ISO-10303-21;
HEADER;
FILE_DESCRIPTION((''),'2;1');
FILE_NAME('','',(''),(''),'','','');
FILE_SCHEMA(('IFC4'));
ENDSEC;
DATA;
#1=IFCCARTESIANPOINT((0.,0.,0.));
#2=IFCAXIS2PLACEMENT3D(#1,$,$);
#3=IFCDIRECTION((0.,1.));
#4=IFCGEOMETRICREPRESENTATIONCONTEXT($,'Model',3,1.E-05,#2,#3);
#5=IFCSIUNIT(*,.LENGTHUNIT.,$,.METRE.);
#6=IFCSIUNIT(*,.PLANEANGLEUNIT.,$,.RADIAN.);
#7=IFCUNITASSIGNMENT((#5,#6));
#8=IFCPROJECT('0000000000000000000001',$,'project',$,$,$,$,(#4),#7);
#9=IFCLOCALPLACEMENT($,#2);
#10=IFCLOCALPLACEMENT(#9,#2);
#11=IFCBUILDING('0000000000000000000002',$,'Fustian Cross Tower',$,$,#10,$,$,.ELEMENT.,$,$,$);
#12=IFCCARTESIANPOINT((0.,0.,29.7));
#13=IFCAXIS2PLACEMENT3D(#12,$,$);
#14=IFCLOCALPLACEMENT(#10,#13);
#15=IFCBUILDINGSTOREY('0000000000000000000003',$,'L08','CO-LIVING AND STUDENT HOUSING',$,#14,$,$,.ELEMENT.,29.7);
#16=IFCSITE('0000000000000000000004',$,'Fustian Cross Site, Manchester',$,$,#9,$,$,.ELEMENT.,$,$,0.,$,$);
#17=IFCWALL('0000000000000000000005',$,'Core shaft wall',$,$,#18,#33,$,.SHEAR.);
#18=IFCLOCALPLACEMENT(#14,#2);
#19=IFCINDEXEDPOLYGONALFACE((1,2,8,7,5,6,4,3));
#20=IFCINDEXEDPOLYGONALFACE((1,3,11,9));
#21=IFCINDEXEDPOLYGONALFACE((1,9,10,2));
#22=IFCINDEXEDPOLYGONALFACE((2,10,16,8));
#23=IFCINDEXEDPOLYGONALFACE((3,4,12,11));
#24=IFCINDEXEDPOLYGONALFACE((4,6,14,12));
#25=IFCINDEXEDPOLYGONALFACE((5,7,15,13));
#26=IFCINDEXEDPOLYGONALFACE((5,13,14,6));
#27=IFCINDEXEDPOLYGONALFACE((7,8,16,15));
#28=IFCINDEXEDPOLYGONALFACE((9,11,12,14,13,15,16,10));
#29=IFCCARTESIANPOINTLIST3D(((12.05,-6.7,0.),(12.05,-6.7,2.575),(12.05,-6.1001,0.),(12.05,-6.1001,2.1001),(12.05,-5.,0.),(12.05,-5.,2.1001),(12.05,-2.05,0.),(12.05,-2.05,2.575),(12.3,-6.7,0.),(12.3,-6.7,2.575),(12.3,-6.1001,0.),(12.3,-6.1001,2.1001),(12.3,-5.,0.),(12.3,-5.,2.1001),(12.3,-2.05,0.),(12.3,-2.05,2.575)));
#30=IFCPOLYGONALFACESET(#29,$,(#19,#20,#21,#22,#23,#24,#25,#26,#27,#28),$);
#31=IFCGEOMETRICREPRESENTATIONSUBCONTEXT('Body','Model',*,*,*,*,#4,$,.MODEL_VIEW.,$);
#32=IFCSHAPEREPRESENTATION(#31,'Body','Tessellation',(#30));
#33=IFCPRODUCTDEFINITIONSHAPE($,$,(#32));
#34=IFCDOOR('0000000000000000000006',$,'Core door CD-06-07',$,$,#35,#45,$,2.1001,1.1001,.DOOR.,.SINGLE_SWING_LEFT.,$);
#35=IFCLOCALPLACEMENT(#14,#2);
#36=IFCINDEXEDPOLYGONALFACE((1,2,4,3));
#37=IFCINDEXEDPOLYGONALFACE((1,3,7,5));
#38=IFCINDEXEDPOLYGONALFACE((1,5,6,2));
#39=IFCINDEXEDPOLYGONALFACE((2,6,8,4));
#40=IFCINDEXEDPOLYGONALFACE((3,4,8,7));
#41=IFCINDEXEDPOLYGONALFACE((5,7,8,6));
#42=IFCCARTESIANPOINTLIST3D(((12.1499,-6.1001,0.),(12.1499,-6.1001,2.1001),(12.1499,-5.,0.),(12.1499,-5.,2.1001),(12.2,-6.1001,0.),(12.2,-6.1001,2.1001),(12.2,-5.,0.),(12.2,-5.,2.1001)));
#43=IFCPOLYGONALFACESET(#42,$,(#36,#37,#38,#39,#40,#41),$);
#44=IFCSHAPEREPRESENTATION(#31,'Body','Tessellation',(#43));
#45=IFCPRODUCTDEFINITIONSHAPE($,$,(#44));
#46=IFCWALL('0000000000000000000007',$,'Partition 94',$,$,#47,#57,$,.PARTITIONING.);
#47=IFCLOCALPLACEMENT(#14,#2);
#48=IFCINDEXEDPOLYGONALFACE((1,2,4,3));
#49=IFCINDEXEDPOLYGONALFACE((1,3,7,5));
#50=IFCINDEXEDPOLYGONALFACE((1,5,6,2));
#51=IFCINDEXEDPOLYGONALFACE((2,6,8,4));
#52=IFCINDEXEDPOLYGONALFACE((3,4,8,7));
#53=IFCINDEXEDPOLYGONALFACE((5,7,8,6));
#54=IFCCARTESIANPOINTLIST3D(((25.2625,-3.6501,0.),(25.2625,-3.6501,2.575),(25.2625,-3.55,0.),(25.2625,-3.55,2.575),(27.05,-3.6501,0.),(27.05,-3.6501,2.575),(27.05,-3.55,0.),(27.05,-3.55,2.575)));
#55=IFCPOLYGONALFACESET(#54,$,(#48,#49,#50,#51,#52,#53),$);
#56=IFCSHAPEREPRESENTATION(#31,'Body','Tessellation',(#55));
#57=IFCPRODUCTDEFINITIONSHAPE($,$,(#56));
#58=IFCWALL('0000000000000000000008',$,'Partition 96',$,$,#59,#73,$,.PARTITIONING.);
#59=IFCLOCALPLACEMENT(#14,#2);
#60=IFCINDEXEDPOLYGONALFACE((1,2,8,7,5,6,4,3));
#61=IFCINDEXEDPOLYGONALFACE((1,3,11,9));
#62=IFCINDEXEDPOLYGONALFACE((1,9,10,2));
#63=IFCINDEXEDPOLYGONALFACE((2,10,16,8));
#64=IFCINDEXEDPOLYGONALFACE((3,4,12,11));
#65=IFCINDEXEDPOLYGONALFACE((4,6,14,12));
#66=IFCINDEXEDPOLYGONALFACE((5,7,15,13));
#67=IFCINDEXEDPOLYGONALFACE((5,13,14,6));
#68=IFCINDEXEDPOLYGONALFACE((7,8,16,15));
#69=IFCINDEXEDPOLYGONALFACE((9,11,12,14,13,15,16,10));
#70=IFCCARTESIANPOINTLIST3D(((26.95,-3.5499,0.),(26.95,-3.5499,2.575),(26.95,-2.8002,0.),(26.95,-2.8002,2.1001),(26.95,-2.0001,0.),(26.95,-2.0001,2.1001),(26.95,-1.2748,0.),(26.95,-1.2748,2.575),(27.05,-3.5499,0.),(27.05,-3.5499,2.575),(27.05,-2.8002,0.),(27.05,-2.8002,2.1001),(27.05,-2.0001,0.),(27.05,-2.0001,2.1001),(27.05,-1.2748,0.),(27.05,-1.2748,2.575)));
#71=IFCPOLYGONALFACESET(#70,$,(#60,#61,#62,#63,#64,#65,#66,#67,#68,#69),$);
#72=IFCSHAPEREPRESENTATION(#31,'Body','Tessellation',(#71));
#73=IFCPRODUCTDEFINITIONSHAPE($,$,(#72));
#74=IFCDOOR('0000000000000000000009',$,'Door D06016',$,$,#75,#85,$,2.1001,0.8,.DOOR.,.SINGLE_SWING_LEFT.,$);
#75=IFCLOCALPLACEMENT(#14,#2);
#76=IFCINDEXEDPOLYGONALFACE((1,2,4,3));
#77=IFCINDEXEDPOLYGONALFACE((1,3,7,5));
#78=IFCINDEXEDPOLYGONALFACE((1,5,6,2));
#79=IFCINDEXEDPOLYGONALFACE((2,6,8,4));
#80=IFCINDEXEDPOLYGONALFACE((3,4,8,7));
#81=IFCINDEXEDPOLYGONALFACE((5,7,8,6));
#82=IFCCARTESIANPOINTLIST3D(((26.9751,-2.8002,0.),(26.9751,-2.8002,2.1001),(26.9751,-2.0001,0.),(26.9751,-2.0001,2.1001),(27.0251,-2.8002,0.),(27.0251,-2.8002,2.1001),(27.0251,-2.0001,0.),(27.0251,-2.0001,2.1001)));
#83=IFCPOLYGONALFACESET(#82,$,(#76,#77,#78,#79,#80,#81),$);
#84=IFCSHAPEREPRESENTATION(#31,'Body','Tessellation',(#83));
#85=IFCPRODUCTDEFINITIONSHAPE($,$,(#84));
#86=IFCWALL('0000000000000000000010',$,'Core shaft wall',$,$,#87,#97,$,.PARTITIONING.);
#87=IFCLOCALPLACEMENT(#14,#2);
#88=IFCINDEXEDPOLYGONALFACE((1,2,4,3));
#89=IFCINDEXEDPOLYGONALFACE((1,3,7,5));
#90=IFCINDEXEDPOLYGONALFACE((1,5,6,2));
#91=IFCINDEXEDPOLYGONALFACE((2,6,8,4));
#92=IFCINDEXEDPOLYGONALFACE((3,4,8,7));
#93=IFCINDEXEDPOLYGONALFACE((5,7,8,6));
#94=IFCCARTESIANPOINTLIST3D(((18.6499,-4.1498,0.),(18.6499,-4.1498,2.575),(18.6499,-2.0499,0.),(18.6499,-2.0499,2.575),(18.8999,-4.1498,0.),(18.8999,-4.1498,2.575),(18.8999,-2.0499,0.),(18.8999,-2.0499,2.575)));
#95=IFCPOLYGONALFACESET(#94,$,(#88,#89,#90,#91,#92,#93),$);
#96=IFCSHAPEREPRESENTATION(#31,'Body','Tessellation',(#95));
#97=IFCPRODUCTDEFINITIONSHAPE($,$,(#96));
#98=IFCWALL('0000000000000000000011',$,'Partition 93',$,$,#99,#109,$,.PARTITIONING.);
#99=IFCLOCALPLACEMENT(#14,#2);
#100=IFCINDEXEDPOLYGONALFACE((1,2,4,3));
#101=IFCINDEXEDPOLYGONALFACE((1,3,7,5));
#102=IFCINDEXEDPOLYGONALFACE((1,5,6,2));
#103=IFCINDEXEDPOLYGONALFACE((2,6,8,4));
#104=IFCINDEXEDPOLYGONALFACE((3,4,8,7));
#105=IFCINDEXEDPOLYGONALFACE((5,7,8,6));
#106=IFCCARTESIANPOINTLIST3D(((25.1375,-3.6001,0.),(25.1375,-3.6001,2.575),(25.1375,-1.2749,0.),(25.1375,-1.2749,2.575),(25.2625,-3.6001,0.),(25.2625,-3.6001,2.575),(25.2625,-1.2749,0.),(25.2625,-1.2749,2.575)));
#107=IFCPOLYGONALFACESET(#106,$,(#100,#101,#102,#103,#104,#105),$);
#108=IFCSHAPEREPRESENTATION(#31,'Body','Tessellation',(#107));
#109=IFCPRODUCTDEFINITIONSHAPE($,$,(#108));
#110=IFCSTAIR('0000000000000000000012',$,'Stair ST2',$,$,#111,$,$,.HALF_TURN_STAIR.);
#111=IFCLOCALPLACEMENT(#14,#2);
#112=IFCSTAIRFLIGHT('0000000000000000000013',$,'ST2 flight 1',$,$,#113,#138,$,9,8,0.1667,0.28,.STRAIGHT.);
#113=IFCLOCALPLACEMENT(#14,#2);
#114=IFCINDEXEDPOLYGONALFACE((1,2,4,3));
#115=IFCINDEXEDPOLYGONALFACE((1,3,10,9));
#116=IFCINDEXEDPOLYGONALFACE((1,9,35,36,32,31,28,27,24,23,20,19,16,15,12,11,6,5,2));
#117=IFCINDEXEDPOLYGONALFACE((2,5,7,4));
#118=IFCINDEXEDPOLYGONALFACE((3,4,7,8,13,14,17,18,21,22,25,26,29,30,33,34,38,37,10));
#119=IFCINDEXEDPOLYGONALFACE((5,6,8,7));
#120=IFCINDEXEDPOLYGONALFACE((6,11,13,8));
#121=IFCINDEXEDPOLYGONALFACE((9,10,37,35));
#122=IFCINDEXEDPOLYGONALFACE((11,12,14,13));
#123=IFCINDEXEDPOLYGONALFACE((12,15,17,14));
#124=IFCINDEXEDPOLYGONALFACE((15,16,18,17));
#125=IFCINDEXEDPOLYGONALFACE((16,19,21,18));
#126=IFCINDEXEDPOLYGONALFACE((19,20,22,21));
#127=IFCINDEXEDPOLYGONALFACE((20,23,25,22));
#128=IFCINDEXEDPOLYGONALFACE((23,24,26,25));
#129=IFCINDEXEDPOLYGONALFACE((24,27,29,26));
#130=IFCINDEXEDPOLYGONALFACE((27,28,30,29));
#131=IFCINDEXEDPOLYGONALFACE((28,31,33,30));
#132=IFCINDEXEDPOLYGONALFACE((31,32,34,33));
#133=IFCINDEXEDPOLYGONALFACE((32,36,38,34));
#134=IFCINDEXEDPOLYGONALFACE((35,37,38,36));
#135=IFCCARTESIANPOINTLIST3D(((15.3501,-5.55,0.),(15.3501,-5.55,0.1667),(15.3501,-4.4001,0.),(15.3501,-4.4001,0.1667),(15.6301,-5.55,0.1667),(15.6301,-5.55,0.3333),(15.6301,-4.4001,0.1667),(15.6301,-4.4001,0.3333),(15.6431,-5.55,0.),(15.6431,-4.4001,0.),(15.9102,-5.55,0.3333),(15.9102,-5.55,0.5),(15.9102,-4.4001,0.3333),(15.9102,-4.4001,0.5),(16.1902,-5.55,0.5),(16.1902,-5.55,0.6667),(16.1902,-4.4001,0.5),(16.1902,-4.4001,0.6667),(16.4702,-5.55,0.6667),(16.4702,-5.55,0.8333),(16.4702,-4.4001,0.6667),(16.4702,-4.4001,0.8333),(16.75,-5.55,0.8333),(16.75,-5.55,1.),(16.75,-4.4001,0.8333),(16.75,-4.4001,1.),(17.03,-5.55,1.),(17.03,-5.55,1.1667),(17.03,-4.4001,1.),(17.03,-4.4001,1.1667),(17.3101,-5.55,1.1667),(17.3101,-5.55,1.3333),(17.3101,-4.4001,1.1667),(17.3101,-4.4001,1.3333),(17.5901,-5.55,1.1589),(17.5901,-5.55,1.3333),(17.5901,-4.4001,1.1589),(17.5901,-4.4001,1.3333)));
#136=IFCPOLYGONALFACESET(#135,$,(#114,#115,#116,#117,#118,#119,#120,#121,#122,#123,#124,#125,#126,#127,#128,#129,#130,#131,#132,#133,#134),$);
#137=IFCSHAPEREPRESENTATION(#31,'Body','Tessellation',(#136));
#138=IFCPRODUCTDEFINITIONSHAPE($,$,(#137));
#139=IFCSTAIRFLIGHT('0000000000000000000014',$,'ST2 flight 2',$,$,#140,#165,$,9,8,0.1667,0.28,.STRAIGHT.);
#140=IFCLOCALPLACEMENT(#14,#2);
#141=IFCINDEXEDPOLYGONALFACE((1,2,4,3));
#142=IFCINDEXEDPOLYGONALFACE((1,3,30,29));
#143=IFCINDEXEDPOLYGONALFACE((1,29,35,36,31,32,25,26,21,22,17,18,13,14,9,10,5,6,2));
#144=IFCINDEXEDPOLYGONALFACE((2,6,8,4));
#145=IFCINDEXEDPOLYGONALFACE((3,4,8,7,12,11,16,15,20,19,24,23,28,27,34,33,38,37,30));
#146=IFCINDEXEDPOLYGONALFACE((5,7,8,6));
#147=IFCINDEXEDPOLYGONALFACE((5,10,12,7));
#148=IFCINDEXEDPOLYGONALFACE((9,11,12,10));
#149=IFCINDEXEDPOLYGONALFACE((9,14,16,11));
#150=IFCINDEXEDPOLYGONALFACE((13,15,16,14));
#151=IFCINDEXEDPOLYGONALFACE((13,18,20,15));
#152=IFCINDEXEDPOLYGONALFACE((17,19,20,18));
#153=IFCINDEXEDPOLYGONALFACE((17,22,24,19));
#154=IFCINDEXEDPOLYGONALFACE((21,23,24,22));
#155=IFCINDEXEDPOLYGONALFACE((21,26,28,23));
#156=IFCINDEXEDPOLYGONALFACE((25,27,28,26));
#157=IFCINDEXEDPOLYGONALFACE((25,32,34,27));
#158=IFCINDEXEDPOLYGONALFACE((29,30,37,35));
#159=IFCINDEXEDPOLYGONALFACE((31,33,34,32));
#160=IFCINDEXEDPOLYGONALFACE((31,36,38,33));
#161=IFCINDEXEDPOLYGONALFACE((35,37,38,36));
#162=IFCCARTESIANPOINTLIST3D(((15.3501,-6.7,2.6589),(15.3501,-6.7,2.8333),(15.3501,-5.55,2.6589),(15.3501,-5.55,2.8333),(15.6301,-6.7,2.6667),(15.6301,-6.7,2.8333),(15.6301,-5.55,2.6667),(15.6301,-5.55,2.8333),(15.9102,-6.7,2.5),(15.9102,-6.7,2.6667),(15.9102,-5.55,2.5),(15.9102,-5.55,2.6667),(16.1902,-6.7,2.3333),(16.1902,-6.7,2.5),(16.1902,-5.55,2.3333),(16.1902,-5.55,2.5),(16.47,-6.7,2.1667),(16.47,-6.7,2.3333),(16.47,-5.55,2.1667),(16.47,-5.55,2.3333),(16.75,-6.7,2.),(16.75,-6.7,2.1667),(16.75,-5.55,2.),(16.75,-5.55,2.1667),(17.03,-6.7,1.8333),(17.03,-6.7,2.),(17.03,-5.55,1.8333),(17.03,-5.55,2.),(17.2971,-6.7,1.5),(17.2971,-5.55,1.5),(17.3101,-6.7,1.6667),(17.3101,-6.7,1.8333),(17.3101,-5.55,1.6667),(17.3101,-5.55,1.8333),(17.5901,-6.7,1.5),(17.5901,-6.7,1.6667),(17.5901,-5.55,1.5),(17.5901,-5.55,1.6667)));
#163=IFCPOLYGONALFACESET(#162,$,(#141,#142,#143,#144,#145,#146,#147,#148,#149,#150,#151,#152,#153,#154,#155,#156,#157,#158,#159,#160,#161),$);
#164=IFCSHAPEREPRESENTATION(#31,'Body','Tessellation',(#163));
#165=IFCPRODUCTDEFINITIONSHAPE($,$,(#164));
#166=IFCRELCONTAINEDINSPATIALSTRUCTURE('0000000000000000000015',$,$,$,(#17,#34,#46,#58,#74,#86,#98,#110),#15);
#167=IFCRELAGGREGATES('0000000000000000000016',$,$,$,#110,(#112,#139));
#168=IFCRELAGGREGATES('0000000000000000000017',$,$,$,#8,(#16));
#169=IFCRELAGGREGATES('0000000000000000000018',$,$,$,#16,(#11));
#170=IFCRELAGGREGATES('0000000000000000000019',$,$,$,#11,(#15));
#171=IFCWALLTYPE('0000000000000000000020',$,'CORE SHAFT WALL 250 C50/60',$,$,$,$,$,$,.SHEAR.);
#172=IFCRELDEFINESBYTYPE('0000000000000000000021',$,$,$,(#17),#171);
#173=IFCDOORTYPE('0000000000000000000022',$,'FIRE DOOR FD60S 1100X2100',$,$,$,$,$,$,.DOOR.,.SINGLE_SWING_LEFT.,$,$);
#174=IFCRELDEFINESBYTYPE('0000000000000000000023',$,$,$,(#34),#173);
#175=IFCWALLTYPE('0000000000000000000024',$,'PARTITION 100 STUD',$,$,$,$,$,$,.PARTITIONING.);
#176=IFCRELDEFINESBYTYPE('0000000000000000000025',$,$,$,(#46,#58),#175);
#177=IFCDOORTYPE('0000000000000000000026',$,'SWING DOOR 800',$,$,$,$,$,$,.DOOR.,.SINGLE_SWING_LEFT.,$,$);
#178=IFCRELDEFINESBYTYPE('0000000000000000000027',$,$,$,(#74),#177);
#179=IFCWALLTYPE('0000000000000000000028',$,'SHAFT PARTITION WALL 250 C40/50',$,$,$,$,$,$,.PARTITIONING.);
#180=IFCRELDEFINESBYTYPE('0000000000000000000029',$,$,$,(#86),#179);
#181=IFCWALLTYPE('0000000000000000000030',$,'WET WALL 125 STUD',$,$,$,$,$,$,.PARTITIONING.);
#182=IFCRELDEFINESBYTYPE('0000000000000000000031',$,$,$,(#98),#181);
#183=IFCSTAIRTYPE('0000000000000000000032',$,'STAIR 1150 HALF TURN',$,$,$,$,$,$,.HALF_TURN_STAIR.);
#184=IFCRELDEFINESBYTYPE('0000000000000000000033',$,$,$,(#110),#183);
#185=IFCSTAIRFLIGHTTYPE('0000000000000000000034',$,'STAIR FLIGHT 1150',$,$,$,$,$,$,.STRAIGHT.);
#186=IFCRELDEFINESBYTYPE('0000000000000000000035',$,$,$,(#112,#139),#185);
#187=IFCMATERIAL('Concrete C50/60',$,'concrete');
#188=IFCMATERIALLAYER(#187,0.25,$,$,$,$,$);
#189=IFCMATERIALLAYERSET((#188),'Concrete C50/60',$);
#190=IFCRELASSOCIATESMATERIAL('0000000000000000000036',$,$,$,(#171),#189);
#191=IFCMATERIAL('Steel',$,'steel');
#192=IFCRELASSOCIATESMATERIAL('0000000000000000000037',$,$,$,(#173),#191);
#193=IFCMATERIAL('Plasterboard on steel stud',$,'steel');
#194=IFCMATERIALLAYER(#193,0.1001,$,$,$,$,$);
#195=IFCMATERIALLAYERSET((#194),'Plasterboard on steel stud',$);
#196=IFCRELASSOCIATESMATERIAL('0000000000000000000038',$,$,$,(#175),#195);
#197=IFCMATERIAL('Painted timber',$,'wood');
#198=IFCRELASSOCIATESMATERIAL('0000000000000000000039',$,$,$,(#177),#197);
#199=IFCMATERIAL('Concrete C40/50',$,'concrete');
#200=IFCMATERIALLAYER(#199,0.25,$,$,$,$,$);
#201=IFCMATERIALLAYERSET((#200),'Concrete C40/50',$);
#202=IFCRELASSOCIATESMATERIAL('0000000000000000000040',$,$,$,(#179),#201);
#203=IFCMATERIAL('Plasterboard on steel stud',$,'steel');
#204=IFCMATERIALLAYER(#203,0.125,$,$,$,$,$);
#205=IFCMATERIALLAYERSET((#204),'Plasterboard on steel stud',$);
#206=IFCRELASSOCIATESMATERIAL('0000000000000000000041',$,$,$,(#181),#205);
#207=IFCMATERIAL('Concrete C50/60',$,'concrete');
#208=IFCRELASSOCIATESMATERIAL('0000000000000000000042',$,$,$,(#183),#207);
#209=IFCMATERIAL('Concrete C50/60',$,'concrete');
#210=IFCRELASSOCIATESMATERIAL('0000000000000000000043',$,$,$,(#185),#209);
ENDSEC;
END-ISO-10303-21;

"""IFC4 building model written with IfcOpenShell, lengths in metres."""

from ifc_helpers import new_model, si_unit, direction, frame, frame_2d, origin, place, context, subcontext, project, spatial, polyline, rectangle, outline, extrude, material, layer, layer_set, type_object, element, fill, aggregate, save


model = new_model("IFC4")

# Units and contexts
model_context = context("Model", 3, precision=1e-05, world=origin(), true_north=direction((0.0, 1.0)))
body_context = subcontext(model_context, "Body", "Model", "MODEL_VIEW")
ifc_project = project(units=[si_unit("LENGTHUNIT", "METRE"), si_unit("PLANEANGLEUNIT", "RADIAN")], contexts=[model_context])

# Site, building, storey
site_placement = place(None, origin())
site = spatial("IfcSite", under=ifc_project, at=site_placement, Name="Fustian Cross Site, Manchester", CompositionType="ELEMENT", RefElevation=0.0)
building_placement = place(site_placement, origin())
building = spatial("IfcBuilding", under=site, at=building_placement, Name="Fustian Cross Tower", CompositionType="ELEMENT")
storey_placement = place(building_placement, frame((0.0, 0.0, 29.7)))
storey = spatial("IfcBuildingStorey", under=building, at=storey_placement, Name="L08", Description="CO-LIVING AND STUDENT HOUSING", CompositionType="ELEMENT", Elevation=29.7)

# Shared definitions
ifc_material_1 = material(Name="Concrete C50/60", Category="concrete")
ifc_layer_1 = layer(ifc_material_1, 0.25)
ifc_layer_set_1 = layer_set([ifc_layer_1], Name="Concrete C50/60")
wall_type_1 = type_object("IfcWallType", Name="CORE SHAFT WALL 250 C50/60", PredefinedType="SHEAR", material=ifc_layer_set_1)

# Wall, opening, door
wall_1_placement = place(storey_placement, frame((12.175, -2.05, 0.0), z_axis=(0.0, 0.0, 1.0), x_axis=(0.0, -1.0, 0.0)))
wall_1 = element("IfcWall", 1, at=wall_1_placement, inside=storey, type_object=wall_type_1, Name="Core shaft wall", PredefinedType="SHEAR", context=body_context, shape_type="SweptSolid", body=[
    extrude(rectangle(XDim=4.6499, YDim=0.25, at=frame_2d((2.325, 0.0))), origin(), (0.0, 0.0, 1.0), 2.575),
])
opening_1_placement = place(wall_1_placement, frame((2.95, 0.0, 0.0)))
opening_1 = element("IfcOpeningElement", 2, at=opening_1_placement, cuts=wall_1, PredefinedType="OPENING", context=body_context, shape_type="SweptSolid", body=[
    extrude(rectangle(XDim=1.1001, YDim=2.1001, at=frame_2d((0.55, 1.05))), frame((0.0, 0.135, 0.0), z_axis=(0.0, -1.0, 0.0), x_axis=(1.0, 0.0, 0.0)), (0.0, 0.0, 1.0), 0.27),
])
ifc_material_2 = material(Name="Steel", Category="steel")
door_type_1 = type_object("IfcDoorType", Name="FIRE DOOR FD60S 1100X2100", OperationType="SINGLE_SWING_LEFT", PredefinedType="DOOR", material=ifc_material_2)
door_1_placement = place(opening_1_placement, origin())
door_1 = element("IfcDoor", 3, at=door_1_placement, inside=storey, type_object=door_type_1, Name="Core door CD-06-07", OperationType="SINGLE_SWING_LEFT", OverallHeight=2.1001, OverallWidth=1.1001, PredefinedType="DOOR", context=body_context, shape_type="SweptSolid", body=[
    extrude(rectangle(XDim=1.1001, YDim=2.1001, at=frame_2d((0.55, 1.05))), frame((0.0, 0.0249, 0.0), z_axis=(0.0, -1.0, 0.0), x_axis=(1.0, 0.0, 0.0)), (0.0, 0.0, 1.0), 0.05),
])
fill(opening_1, door_1)

# Wall
ifc_material_3 = material(Name="Plasterboard on steel stud", Category="steel")
ifc_layer_2 = layer(ifc_material_3, 0.1001)
ifc_layer_set_2 = layer_set([ifc_layer_2], Name="Plasterboard on steel stud")
wall_type_2 = type_object("IfcWallType", Name="PARTITION 100 STUD", PredefinedType="PARTITIONING", material=ifc_layer_set_2)
wall_2_placement = place(storey_placement, frame((25.2625, -3.6001, 0.0), z_axis=(0.0, 0.0, 1.0), x_axis=(1.0, 0.0, 0.0)))
element("IfcWall", 4, at=wall_2_placement, inside=storey, type_object=wall_type_2, Name="Partition 94", PredefinedType="PARTITIONING", context=body_context, shape_type="SweptSolid", body=[
    extrude(rectangle(XDim=1.7876, YDim=0.1001, at=frame_2d((0.8938, 0.0))), origin(), (0.0, 0.0, 1.0), 2.575),
])

# Wall, opening, door
wall_3_placement = place(storey_placement, frame((27.0, -3.55, 0.0), z_axis=(0.0, 0.0, 1.0), x_axis=(0.0, 1.0, 0.0)))
wall_3 = element("IfcWall", 5, at=wall_3_placement, inside=storey, type_object=wall_type_2, Name="Partition 96", PredefinedType="PARTITIONING", context=body_context, shape_type="SweptSolid", body=[
    extrude(rectangle(XDim=2.2751, YDim=0.1001, at=frame_2d((1.1377, 0.0))), origin(), (0.0, 0.0, 1.0), 2.575),
])
opening_2_placement = place(wall_3_placement, frame((0.75, 0.0, 0.0)))
opening_2 = element("IfcOpeningElement", 6, at=opening_2_placement, cuts=wall_3, PredefinedType="OPENING", context=body_context, shape_type="SweptSolid", body=[
    extrude(rectangle(XDim=0.8, YDim=2.1001, at=frame_2d((0.3999, 1.05))), frame((0.0, 0.0601, 0.0), z_axis=(0.0, -1.0, 0.0), x_axis=(1.0, 0.0, 0.0)), (0.0, 0.0, 1.0), 0.1201),
])
ifc_material_4 = material(Name="Painted timber", Category="wood")
door_type_2 = type_object("IfcDoorType", Name="SWING DOOR 800", OperationType="SINGLE_SWING_LEFT", PredefinedType="DOOR", material=ifc_material_4)
door_2_placement = place(opening_2_placement, origin())
door_2 = element("IfcDoor", 7, at=door_2_placement, inside=storey, type_object=door_type_2, Name="Door D06016", OperationType="SINGLE_SWING_LEFT", OverallHeight=2.1001, OverallWidth=0.8, PredefinedType="DOOR", context=body_context, shape_type="SweptSolid", body=[
    extrude(rectangle(XDim=0.8, YDim=2.1001, at=frame_2d((0.3999, 1.05))), frame((0.0, 0.0249, 0.0), z_axis=(0.0, -1.0, 0.0), x_axis=(1.0, 0.0, 0.0)), (0.0, 0.0, 1.0), 0.05),
])
fill(opening_2, door_2)

# Walls
ifc_material_5 = material(Name="Concrete C40/50", Category="concrete")
ifc_layer_3 = layer(ifc_material_5, 0.25)
ifc_layer_set_3 = layer_set([ifc_layer_3], Name="Concrete C40/50")
wall_type_3 = type_object("IfcWallType", Name="SHAFT PARTITION WALL 250 C40/50", PredefinedType="PARTITIONING", material=ifc_layer_set_3)
wall_4_placement = place(storey_placement, frame((18.7749, -2.05, 0.0), z_axis=(0.0, 0.0, 1.0), x_axis=(0.0, -1.0, 0.0)))
element("IfcWall", 8, at=wall_4_placement, inside=storey, type_object=wall_type_3, Name="Core shaft wall", PredefinedType="PARTITIONING", context=body_context, shape_type="SweptSolid", body=[
    extrude(rectangle(XDim=2.0999, YDim=0.25, at=frame_2d((1.0498, 0.0))), origin(), (0.0, 0.0, 1.0), 2.575),
])
ifc_material_6 = material(Name="Plasterboard on steel stud", Category="steel")
ifc_layer_4 = layer(ifc_material_6, 0.125)
ifc_layer_set_4 = layer_set([ifc_layer_4], Name="Plasterboard on steel stud")
wall_type_4 = type_object("IfcWallType", Name="WET WALL 125 STUD", PredefinedType="PARTITIONING", material=ifc_layer_set_4)
wall_5_placement = place(storey_placement, frame((25.2, -3.6001, 0.0), z_axis=(0.0, 0.0, 1.0), x_axis=(0.0, 1.0, 0.0)))
element("IfcWall", 9, at=wall_5_placement, inside=storey, type_object=wall_type_4, Name="Partition 93", PredefinedType="PARTITIONING", context=body_context, shape_type="SweptSolid", body=[
    extrude(rectangle(XDim=2.3252, YDim=0.125, at=frame_2d((1.1626, 0.0))), origin(), (0.0, 0.0, 1.0), 2.575),
])

# Stair, stair flights
ifc_material_7 = material(Name="Concrete C50/60", Category="concrete")
stair_type = type_object("IfcStairType", Name="STAIR 1150 HALF TURN", PredefinedType="HALF_TURN_STAIR", material=ifc_material_7)
stair_placement = place(storey_placement, origin())
stair = element("IfcStair", 10, at=stair_placement, inside=storey, type_object=stair_type, Name="Stair ST2", PredefinedType="HALF_TURN_STAIR")
ifc_material_8 = material(Name="Concrete C50/60", Category="concrete")
stair_flight_type = type_object("IfcStairFlightType", Name="STAIR FLIGHT 1150", PredefinedType="STRAIGHT", material=ifc_material_8)
stair_flight_1_placement = place(storey_placement, frame((15.3501, -4.9751, 0.0), z_axis=(0.0, 0.0, 1.0), x_axis=(1.0, 0.0, 0.0)))
stair_flight_1 = element("IfcStairFlight", 11, at=stair_flight_1_placement, type_object=stair_flight_type, Name="ST2 flight 1", NumberOfRisers=9, NumberOfTreads=8, PredefinedType="STRAIGHT", RiserHeight=0.1667, TreadLength=0.28, context=body_context, shape_type="SweptSolid", body=[
    extrude(outline(polyline([(0.0, 0.0), (0.0, 0.1667), (0.28, 0.1667), (0.28, 0.3333), (0.5601, 0.3333), (0.5601, 0.5), (0.8401, 0.5), (0.8401, 0.6667), (1.1201, 0.6667), (1.1201, 0.8333), (1.3999, 0.8333), (1.3999, 1.0), (1.6799, 1.0), (1.6799, 1.1667), (1.96, 1.1667), (1.96, 1.3333), (2.24, 1.3333), (2.24, 1.5), (2.24, 1.1589), (0.293, 0.0), (0.0, 0.0)])), frame((0.0, 0.575, 0.0), z_axis=(0.0, -1.0, 0.0), x_axis=(1.0, 0.0, 0.0)), (0.0, 0.0, 1.0), 1.1499),
])
stair_flight_2_placement = place(storey_placement, frame((17.5901, -6.125, 1.5), z_axis=(0.0, 0.0, 1.0), x_axis=(-1.0, 0.0, 0.0)))
stair_flight_2 = element("IfcStairFlight", 12, at=stair_flight_2_placement, type_object=stair_flight_type, Name="ST2 flight 2", NumberOfRisers=9, NumberOfTreads=8, PredefinedType="STRAIGHT", RiserHeight=0.1667, TreadLength=0.28, context=body_context, shape_type="SweptSolid", body=[
    extrude(outline(polyline([(0.0, 0.0), (0.0, 0.1667), (0.28, 0.1667), (0.28, 0.3333), (0.5601, 0.3333), (0.5601, 0.5), (0.8401, 0.5), (0.8401, 0.6667), (1.1201, 0.6667), (1.1201, 0.8333), (1.3999, 0.8333), (1.3999, 1.0), (1.6799, 1.0), (1.6799, 1.1667), (1.96, 1.1667), (1.96, 1.3333), (2.24, 1.3333), (2.24, 1.5), (2.24, 1.1589), (0.293, 0.0), (0.0, 0.0)])), frame((0.0, 0.575, 0.0), z_axis=(0.0, -1.0, 0.0), x_axis=(1.0, 0.0, 0.0)), (0.0, 0.0, 1.0), 1.1499),
])
aggregate(stair, [stair_flight_1, stair_flight_2])

save(model, "model.ifc")
